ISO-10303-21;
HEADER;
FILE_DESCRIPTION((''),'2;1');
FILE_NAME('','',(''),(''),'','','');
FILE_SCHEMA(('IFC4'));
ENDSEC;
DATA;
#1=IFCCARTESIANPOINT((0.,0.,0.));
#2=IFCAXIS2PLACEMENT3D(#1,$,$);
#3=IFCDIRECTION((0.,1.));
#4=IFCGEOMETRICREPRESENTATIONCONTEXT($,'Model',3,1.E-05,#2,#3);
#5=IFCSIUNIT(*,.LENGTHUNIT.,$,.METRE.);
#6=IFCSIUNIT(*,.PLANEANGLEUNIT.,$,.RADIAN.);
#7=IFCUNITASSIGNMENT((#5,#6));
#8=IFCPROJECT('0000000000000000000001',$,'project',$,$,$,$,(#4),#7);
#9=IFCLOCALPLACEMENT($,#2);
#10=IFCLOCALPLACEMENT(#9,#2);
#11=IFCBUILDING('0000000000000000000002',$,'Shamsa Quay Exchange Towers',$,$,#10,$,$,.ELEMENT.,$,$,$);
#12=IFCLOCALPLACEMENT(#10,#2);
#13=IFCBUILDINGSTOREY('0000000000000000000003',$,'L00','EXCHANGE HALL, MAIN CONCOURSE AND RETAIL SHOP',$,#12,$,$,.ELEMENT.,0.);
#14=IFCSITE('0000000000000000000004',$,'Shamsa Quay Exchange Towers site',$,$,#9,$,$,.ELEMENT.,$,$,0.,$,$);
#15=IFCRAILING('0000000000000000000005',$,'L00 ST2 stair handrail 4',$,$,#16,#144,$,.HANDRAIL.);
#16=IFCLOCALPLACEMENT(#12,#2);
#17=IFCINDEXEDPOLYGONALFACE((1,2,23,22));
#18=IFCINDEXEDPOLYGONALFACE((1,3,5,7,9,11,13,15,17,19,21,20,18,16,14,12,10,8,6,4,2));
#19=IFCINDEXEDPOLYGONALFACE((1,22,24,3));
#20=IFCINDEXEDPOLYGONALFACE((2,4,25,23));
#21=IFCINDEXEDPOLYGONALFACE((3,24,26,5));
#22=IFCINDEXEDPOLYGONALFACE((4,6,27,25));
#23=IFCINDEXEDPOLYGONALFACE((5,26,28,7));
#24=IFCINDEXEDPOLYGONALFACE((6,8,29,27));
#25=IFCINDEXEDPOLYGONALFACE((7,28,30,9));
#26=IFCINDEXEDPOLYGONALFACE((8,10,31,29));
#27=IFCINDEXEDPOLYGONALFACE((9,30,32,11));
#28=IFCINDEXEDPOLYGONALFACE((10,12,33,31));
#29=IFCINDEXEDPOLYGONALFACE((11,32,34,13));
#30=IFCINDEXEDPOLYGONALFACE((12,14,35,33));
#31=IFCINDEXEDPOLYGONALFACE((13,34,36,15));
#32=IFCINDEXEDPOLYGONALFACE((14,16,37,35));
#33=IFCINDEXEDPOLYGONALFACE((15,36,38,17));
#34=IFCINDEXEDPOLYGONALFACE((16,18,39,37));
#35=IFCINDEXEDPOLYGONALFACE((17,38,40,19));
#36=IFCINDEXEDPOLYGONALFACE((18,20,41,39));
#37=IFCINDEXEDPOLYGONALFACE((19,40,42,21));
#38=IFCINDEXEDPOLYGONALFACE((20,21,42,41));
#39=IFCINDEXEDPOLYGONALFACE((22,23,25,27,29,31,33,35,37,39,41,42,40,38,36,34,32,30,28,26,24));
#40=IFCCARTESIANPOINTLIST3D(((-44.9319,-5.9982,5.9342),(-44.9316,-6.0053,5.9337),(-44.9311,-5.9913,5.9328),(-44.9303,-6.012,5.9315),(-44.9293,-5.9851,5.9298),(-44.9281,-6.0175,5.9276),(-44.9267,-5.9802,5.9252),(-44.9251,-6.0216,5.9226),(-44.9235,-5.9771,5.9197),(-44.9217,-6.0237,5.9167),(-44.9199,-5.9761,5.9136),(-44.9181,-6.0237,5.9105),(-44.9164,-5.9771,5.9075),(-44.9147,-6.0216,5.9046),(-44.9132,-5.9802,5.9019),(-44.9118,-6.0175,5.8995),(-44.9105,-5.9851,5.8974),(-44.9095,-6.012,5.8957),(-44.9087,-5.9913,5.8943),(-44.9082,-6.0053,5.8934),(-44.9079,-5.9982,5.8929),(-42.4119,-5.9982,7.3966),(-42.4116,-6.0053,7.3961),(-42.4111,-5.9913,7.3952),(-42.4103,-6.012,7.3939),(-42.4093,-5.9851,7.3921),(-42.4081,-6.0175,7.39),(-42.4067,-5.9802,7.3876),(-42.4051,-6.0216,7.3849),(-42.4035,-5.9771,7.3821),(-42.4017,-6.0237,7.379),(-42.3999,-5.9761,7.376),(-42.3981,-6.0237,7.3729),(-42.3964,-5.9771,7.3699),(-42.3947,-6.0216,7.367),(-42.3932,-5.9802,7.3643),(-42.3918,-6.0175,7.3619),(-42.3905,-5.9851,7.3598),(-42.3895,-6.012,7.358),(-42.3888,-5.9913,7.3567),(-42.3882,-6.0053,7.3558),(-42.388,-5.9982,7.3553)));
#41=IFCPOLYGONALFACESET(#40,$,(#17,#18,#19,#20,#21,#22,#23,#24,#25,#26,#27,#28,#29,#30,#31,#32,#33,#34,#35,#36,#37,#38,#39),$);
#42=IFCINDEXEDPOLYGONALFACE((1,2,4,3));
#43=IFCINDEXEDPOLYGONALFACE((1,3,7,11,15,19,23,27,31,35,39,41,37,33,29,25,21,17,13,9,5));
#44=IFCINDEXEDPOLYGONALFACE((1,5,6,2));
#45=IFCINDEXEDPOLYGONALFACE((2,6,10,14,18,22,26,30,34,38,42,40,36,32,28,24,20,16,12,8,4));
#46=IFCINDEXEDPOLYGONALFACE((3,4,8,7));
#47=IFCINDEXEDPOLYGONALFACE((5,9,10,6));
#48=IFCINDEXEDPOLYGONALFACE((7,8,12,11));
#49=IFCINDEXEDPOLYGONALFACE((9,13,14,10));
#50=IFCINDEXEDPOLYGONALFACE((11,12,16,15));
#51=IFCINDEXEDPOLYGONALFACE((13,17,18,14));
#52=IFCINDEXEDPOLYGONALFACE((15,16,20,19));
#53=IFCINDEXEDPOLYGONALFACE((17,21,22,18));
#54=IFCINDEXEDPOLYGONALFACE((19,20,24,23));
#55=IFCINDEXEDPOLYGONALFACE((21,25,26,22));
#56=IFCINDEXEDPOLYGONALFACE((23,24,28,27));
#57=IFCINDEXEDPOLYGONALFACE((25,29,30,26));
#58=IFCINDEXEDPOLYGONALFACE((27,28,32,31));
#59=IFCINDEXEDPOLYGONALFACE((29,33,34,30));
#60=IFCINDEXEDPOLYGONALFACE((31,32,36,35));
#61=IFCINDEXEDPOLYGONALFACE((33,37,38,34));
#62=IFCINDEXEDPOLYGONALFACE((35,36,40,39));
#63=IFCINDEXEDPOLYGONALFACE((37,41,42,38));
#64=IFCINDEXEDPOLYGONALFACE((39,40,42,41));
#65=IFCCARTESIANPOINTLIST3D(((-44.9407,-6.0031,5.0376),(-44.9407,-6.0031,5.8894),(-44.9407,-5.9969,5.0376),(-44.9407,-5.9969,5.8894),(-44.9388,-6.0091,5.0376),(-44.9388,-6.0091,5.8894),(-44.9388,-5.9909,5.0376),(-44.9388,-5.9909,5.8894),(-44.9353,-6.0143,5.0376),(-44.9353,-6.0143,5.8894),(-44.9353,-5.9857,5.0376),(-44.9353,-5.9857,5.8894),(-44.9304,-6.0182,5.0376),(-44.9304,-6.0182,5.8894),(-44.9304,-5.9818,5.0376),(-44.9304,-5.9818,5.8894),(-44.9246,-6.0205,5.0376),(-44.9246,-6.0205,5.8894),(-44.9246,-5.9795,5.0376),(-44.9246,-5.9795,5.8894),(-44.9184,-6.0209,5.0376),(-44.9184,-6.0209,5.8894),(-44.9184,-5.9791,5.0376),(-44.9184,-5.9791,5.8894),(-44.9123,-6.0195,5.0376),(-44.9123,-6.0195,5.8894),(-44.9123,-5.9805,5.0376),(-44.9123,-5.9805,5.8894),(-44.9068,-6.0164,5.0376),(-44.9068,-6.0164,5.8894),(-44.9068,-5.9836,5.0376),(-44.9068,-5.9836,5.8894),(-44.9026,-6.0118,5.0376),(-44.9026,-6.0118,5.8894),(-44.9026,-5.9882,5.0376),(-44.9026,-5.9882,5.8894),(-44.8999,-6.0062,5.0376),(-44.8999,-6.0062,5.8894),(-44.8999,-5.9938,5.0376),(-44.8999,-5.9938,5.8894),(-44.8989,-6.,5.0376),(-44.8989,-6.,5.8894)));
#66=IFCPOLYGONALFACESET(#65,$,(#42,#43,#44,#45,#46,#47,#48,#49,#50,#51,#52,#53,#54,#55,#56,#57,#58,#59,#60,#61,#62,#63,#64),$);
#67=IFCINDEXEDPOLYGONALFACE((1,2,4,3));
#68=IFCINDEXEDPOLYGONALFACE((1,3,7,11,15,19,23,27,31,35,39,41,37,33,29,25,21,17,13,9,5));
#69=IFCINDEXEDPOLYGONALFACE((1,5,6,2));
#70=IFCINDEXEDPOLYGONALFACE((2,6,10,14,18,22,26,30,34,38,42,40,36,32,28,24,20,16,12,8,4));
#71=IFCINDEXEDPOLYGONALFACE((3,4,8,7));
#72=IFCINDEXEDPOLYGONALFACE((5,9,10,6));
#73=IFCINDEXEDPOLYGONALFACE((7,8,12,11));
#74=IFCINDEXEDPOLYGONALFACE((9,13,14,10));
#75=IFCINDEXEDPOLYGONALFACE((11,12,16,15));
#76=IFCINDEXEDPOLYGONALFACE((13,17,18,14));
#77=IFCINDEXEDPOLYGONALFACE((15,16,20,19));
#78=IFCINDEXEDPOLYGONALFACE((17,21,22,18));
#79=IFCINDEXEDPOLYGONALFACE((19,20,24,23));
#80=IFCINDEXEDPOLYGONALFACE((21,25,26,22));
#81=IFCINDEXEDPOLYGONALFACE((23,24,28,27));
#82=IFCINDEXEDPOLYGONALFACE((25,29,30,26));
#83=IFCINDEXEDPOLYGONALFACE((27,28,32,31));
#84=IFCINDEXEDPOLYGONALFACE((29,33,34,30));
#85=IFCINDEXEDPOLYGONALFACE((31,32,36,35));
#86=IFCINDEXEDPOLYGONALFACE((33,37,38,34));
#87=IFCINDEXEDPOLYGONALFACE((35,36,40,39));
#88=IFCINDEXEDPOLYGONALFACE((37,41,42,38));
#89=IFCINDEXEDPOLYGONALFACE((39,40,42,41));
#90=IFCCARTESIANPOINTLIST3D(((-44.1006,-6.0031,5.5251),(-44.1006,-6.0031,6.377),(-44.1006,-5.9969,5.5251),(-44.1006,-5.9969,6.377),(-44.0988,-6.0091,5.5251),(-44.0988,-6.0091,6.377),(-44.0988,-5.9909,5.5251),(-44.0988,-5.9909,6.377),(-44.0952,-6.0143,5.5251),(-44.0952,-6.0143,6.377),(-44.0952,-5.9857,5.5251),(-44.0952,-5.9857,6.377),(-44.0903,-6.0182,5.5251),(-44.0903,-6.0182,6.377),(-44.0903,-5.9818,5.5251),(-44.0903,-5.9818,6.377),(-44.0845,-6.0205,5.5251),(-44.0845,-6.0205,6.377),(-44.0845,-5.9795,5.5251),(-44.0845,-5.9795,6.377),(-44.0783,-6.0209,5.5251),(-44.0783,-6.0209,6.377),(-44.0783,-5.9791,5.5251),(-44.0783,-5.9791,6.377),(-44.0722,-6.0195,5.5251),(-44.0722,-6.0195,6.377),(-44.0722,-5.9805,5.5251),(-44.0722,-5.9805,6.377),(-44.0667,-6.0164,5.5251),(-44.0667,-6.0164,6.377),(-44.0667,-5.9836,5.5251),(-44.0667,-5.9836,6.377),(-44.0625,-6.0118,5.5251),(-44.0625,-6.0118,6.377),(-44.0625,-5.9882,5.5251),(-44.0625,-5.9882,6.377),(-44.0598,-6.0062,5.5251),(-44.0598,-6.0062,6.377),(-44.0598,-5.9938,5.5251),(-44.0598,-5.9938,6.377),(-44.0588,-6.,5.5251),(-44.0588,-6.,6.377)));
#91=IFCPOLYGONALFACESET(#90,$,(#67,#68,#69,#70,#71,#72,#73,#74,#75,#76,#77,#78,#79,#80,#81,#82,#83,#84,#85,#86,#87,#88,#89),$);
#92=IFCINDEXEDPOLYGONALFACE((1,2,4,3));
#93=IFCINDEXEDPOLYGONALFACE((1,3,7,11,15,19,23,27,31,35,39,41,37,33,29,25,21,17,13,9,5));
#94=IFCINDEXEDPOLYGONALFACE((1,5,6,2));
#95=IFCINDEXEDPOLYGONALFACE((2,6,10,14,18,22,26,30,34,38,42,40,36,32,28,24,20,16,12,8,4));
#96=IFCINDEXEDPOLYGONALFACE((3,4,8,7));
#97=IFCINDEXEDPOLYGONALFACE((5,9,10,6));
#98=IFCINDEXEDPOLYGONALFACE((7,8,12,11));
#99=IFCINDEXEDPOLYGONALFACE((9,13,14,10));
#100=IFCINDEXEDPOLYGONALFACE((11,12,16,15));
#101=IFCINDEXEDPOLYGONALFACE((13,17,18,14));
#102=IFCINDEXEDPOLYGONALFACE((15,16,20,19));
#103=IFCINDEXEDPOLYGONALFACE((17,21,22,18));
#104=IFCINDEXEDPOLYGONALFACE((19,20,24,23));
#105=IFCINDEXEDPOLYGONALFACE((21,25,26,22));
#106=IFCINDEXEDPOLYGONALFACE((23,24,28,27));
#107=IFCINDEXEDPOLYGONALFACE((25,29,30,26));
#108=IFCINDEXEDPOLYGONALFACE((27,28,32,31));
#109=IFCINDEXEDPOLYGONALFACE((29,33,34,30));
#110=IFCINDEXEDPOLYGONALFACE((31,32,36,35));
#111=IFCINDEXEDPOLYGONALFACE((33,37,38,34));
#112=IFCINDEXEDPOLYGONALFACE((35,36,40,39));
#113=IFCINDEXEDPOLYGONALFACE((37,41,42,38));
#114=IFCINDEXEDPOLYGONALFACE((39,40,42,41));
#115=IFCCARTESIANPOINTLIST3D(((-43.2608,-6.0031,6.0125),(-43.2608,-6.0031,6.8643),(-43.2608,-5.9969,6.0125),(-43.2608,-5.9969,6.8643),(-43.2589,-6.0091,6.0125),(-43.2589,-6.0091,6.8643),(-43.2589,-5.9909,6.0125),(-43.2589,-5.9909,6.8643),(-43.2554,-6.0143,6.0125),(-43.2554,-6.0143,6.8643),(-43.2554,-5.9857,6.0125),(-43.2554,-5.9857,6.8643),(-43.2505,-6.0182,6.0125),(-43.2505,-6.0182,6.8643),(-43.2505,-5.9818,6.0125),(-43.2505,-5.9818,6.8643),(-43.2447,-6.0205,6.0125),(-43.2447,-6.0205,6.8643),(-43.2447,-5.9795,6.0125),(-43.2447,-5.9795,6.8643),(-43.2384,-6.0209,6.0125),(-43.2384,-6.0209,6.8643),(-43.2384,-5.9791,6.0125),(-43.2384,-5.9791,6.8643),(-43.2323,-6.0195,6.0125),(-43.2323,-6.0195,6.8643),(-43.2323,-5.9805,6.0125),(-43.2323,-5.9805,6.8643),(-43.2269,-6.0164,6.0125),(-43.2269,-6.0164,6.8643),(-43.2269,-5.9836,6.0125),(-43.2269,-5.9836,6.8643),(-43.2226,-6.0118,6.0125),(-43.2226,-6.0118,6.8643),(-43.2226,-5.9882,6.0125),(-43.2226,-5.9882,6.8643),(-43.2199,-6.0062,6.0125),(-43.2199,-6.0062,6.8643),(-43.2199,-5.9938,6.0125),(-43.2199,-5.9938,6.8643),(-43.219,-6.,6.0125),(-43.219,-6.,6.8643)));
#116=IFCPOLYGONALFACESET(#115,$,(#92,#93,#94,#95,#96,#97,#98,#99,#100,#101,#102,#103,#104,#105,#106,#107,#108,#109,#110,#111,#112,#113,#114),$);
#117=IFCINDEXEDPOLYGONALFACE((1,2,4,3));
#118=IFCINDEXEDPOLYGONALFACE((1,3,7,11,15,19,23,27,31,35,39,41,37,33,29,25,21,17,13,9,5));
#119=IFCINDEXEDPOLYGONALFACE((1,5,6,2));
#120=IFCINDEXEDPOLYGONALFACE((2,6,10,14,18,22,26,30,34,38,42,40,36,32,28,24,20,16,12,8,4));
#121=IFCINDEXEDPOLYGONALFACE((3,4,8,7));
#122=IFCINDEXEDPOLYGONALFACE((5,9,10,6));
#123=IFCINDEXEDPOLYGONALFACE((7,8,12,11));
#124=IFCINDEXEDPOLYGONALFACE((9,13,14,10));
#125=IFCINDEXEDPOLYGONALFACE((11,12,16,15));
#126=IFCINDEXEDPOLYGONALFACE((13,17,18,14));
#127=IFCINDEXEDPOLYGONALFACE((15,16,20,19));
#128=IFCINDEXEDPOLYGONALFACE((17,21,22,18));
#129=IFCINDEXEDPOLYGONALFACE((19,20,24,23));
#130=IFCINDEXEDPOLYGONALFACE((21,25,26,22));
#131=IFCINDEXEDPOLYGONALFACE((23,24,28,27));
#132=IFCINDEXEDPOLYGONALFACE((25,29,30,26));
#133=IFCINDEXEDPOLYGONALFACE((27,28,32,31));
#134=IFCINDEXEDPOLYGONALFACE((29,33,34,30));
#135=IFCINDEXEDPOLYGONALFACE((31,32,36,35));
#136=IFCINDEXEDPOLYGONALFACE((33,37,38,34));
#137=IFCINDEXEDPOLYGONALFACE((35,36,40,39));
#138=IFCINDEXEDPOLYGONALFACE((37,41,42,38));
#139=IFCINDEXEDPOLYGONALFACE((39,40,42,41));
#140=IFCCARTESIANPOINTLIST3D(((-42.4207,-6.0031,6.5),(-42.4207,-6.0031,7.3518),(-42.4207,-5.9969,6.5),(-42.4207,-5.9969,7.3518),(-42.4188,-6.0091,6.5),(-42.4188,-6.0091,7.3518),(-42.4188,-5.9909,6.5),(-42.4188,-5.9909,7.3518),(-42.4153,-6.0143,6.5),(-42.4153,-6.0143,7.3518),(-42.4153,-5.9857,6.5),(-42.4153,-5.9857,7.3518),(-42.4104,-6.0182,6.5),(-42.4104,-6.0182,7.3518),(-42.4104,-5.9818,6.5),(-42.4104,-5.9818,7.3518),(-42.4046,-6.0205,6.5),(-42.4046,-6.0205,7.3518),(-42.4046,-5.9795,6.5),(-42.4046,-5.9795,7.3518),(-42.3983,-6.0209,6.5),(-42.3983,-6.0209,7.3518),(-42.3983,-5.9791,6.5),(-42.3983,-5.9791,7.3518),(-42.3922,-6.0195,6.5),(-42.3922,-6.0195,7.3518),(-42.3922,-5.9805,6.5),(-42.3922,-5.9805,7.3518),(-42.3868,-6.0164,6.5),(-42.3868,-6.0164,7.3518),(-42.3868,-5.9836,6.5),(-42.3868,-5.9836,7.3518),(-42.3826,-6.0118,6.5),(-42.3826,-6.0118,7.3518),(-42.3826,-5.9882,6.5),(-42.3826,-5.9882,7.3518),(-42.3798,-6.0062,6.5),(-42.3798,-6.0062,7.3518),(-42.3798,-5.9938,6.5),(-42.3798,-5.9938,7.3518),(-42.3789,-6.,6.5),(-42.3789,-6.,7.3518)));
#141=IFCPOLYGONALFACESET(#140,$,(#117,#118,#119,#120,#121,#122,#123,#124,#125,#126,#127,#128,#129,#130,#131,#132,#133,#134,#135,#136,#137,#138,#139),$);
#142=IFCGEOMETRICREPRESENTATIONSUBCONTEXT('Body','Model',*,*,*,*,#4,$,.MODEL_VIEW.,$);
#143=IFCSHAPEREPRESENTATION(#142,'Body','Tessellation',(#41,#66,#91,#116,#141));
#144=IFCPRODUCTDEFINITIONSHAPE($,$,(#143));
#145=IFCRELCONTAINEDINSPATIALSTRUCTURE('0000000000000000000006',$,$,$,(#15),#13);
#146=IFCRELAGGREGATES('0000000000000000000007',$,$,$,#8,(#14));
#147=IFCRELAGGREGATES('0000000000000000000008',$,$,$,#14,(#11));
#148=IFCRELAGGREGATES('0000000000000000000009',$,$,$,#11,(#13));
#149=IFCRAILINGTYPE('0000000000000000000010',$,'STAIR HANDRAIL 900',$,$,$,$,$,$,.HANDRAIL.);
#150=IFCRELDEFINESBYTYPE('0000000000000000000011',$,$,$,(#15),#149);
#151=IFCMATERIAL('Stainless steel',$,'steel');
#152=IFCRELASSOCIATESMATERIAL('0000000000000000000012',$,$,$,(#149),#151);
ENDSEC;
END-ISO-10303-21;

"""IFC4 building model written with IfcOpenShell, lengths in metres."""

from ifc_helpers import new_model, si_unit, direction, frame, origin, origin_2d, place, context, subcontext, project, spatial, circle, extrude, material, type_object, element, save


model = new_model("IFC4")

# Units and contexts
model_context = context("Model", 3, precision=1e-05, world=origin(), true_north=direction((0.0, 1.0)))
body_context = subcontext(model_context, "Body", "Model", "MODEL_VIEW")
ifc_project = project(units=[si_unit("LENGTHUNIT", "METRE"), si_unit("PLANEANGLEUNIT", "RADIAN")], contexts=[model_context])

# Site, building, storey
site_placement = place(None, origin())
site = spatial("IfcSite", under=ifc_project, at=site_placement, Name="Shamsa Quay Exchange Towers site", CompositionType="ELEMENT", RefElevation=0.0)
building_placement = place(site_placement, origin())
building = spatial("IfcBuilding", under=site, at=building_placement, Name="Shamsa Quay Exchange Towers", CompositionType="ELEMENT")
storey_placement = place(building_placement, origin())
storey = spatial("IfcBuildingStorey", under=building, at=storey_placement, Name="L00", Description="EXCHANGE HALL, MAIN CONCOURSE AND RETAIL SHOP", CompositionType="ELEMENT", Elevation=0.0)

# Railing
ifc_material_1 = material(Name="Stainless steel", Category="steel")
railing_type = type_object("IfcRailingType", Name="STAIR HANDRAIL 900", PredefinedType="HANDRAIL", material=ifc_material_1)
for number, where, name in (
    (1, (-44.9199, -6.0, 5.0376), "L00 ST2 stair handrail 4"),
):
    element("IfcRailing", number, at=place(storey_placement, frame(where)), inside=storey, type_object=railing_type, Name=name, PredefinedType="HANDRAIL", context=body_context, shape_type="SweptSolid", body=[
        extrude(circle(Radius=0.0239, at=origin_2d()), frame((0.0, 0.0, 0.876), z_axis=(0.864913, 0.0, 0.501921), x_axis=(0.0, 1.0, 0.0)), (0.0, 0.0, 1.0), 2.9136),
        extrude(circle(Radius=0.021, at=origin_2d()), origin(), (0.0, 0.0, 1.0), 0.8518),
        extrude(circle(Radius=0.021, at=origin_2d()), frame((0.8401, 0.0, 0.4875)), (0.0, 0.0, 1.0), 0.8518),
        extrude(circle(Radius=0.021, at=origin_2d()), frame((1.6799, 0.0, 0.9749)), (0.0, 0.0, 1.0), 0.8518),
        extrude(circle(Radius=0.021, at=origin_2d()), frame((2.52, 0.0, 1.4624)), (0.0, 0.0, 1.0), 0.8518),
    ])

save(model, "model.ifc")
